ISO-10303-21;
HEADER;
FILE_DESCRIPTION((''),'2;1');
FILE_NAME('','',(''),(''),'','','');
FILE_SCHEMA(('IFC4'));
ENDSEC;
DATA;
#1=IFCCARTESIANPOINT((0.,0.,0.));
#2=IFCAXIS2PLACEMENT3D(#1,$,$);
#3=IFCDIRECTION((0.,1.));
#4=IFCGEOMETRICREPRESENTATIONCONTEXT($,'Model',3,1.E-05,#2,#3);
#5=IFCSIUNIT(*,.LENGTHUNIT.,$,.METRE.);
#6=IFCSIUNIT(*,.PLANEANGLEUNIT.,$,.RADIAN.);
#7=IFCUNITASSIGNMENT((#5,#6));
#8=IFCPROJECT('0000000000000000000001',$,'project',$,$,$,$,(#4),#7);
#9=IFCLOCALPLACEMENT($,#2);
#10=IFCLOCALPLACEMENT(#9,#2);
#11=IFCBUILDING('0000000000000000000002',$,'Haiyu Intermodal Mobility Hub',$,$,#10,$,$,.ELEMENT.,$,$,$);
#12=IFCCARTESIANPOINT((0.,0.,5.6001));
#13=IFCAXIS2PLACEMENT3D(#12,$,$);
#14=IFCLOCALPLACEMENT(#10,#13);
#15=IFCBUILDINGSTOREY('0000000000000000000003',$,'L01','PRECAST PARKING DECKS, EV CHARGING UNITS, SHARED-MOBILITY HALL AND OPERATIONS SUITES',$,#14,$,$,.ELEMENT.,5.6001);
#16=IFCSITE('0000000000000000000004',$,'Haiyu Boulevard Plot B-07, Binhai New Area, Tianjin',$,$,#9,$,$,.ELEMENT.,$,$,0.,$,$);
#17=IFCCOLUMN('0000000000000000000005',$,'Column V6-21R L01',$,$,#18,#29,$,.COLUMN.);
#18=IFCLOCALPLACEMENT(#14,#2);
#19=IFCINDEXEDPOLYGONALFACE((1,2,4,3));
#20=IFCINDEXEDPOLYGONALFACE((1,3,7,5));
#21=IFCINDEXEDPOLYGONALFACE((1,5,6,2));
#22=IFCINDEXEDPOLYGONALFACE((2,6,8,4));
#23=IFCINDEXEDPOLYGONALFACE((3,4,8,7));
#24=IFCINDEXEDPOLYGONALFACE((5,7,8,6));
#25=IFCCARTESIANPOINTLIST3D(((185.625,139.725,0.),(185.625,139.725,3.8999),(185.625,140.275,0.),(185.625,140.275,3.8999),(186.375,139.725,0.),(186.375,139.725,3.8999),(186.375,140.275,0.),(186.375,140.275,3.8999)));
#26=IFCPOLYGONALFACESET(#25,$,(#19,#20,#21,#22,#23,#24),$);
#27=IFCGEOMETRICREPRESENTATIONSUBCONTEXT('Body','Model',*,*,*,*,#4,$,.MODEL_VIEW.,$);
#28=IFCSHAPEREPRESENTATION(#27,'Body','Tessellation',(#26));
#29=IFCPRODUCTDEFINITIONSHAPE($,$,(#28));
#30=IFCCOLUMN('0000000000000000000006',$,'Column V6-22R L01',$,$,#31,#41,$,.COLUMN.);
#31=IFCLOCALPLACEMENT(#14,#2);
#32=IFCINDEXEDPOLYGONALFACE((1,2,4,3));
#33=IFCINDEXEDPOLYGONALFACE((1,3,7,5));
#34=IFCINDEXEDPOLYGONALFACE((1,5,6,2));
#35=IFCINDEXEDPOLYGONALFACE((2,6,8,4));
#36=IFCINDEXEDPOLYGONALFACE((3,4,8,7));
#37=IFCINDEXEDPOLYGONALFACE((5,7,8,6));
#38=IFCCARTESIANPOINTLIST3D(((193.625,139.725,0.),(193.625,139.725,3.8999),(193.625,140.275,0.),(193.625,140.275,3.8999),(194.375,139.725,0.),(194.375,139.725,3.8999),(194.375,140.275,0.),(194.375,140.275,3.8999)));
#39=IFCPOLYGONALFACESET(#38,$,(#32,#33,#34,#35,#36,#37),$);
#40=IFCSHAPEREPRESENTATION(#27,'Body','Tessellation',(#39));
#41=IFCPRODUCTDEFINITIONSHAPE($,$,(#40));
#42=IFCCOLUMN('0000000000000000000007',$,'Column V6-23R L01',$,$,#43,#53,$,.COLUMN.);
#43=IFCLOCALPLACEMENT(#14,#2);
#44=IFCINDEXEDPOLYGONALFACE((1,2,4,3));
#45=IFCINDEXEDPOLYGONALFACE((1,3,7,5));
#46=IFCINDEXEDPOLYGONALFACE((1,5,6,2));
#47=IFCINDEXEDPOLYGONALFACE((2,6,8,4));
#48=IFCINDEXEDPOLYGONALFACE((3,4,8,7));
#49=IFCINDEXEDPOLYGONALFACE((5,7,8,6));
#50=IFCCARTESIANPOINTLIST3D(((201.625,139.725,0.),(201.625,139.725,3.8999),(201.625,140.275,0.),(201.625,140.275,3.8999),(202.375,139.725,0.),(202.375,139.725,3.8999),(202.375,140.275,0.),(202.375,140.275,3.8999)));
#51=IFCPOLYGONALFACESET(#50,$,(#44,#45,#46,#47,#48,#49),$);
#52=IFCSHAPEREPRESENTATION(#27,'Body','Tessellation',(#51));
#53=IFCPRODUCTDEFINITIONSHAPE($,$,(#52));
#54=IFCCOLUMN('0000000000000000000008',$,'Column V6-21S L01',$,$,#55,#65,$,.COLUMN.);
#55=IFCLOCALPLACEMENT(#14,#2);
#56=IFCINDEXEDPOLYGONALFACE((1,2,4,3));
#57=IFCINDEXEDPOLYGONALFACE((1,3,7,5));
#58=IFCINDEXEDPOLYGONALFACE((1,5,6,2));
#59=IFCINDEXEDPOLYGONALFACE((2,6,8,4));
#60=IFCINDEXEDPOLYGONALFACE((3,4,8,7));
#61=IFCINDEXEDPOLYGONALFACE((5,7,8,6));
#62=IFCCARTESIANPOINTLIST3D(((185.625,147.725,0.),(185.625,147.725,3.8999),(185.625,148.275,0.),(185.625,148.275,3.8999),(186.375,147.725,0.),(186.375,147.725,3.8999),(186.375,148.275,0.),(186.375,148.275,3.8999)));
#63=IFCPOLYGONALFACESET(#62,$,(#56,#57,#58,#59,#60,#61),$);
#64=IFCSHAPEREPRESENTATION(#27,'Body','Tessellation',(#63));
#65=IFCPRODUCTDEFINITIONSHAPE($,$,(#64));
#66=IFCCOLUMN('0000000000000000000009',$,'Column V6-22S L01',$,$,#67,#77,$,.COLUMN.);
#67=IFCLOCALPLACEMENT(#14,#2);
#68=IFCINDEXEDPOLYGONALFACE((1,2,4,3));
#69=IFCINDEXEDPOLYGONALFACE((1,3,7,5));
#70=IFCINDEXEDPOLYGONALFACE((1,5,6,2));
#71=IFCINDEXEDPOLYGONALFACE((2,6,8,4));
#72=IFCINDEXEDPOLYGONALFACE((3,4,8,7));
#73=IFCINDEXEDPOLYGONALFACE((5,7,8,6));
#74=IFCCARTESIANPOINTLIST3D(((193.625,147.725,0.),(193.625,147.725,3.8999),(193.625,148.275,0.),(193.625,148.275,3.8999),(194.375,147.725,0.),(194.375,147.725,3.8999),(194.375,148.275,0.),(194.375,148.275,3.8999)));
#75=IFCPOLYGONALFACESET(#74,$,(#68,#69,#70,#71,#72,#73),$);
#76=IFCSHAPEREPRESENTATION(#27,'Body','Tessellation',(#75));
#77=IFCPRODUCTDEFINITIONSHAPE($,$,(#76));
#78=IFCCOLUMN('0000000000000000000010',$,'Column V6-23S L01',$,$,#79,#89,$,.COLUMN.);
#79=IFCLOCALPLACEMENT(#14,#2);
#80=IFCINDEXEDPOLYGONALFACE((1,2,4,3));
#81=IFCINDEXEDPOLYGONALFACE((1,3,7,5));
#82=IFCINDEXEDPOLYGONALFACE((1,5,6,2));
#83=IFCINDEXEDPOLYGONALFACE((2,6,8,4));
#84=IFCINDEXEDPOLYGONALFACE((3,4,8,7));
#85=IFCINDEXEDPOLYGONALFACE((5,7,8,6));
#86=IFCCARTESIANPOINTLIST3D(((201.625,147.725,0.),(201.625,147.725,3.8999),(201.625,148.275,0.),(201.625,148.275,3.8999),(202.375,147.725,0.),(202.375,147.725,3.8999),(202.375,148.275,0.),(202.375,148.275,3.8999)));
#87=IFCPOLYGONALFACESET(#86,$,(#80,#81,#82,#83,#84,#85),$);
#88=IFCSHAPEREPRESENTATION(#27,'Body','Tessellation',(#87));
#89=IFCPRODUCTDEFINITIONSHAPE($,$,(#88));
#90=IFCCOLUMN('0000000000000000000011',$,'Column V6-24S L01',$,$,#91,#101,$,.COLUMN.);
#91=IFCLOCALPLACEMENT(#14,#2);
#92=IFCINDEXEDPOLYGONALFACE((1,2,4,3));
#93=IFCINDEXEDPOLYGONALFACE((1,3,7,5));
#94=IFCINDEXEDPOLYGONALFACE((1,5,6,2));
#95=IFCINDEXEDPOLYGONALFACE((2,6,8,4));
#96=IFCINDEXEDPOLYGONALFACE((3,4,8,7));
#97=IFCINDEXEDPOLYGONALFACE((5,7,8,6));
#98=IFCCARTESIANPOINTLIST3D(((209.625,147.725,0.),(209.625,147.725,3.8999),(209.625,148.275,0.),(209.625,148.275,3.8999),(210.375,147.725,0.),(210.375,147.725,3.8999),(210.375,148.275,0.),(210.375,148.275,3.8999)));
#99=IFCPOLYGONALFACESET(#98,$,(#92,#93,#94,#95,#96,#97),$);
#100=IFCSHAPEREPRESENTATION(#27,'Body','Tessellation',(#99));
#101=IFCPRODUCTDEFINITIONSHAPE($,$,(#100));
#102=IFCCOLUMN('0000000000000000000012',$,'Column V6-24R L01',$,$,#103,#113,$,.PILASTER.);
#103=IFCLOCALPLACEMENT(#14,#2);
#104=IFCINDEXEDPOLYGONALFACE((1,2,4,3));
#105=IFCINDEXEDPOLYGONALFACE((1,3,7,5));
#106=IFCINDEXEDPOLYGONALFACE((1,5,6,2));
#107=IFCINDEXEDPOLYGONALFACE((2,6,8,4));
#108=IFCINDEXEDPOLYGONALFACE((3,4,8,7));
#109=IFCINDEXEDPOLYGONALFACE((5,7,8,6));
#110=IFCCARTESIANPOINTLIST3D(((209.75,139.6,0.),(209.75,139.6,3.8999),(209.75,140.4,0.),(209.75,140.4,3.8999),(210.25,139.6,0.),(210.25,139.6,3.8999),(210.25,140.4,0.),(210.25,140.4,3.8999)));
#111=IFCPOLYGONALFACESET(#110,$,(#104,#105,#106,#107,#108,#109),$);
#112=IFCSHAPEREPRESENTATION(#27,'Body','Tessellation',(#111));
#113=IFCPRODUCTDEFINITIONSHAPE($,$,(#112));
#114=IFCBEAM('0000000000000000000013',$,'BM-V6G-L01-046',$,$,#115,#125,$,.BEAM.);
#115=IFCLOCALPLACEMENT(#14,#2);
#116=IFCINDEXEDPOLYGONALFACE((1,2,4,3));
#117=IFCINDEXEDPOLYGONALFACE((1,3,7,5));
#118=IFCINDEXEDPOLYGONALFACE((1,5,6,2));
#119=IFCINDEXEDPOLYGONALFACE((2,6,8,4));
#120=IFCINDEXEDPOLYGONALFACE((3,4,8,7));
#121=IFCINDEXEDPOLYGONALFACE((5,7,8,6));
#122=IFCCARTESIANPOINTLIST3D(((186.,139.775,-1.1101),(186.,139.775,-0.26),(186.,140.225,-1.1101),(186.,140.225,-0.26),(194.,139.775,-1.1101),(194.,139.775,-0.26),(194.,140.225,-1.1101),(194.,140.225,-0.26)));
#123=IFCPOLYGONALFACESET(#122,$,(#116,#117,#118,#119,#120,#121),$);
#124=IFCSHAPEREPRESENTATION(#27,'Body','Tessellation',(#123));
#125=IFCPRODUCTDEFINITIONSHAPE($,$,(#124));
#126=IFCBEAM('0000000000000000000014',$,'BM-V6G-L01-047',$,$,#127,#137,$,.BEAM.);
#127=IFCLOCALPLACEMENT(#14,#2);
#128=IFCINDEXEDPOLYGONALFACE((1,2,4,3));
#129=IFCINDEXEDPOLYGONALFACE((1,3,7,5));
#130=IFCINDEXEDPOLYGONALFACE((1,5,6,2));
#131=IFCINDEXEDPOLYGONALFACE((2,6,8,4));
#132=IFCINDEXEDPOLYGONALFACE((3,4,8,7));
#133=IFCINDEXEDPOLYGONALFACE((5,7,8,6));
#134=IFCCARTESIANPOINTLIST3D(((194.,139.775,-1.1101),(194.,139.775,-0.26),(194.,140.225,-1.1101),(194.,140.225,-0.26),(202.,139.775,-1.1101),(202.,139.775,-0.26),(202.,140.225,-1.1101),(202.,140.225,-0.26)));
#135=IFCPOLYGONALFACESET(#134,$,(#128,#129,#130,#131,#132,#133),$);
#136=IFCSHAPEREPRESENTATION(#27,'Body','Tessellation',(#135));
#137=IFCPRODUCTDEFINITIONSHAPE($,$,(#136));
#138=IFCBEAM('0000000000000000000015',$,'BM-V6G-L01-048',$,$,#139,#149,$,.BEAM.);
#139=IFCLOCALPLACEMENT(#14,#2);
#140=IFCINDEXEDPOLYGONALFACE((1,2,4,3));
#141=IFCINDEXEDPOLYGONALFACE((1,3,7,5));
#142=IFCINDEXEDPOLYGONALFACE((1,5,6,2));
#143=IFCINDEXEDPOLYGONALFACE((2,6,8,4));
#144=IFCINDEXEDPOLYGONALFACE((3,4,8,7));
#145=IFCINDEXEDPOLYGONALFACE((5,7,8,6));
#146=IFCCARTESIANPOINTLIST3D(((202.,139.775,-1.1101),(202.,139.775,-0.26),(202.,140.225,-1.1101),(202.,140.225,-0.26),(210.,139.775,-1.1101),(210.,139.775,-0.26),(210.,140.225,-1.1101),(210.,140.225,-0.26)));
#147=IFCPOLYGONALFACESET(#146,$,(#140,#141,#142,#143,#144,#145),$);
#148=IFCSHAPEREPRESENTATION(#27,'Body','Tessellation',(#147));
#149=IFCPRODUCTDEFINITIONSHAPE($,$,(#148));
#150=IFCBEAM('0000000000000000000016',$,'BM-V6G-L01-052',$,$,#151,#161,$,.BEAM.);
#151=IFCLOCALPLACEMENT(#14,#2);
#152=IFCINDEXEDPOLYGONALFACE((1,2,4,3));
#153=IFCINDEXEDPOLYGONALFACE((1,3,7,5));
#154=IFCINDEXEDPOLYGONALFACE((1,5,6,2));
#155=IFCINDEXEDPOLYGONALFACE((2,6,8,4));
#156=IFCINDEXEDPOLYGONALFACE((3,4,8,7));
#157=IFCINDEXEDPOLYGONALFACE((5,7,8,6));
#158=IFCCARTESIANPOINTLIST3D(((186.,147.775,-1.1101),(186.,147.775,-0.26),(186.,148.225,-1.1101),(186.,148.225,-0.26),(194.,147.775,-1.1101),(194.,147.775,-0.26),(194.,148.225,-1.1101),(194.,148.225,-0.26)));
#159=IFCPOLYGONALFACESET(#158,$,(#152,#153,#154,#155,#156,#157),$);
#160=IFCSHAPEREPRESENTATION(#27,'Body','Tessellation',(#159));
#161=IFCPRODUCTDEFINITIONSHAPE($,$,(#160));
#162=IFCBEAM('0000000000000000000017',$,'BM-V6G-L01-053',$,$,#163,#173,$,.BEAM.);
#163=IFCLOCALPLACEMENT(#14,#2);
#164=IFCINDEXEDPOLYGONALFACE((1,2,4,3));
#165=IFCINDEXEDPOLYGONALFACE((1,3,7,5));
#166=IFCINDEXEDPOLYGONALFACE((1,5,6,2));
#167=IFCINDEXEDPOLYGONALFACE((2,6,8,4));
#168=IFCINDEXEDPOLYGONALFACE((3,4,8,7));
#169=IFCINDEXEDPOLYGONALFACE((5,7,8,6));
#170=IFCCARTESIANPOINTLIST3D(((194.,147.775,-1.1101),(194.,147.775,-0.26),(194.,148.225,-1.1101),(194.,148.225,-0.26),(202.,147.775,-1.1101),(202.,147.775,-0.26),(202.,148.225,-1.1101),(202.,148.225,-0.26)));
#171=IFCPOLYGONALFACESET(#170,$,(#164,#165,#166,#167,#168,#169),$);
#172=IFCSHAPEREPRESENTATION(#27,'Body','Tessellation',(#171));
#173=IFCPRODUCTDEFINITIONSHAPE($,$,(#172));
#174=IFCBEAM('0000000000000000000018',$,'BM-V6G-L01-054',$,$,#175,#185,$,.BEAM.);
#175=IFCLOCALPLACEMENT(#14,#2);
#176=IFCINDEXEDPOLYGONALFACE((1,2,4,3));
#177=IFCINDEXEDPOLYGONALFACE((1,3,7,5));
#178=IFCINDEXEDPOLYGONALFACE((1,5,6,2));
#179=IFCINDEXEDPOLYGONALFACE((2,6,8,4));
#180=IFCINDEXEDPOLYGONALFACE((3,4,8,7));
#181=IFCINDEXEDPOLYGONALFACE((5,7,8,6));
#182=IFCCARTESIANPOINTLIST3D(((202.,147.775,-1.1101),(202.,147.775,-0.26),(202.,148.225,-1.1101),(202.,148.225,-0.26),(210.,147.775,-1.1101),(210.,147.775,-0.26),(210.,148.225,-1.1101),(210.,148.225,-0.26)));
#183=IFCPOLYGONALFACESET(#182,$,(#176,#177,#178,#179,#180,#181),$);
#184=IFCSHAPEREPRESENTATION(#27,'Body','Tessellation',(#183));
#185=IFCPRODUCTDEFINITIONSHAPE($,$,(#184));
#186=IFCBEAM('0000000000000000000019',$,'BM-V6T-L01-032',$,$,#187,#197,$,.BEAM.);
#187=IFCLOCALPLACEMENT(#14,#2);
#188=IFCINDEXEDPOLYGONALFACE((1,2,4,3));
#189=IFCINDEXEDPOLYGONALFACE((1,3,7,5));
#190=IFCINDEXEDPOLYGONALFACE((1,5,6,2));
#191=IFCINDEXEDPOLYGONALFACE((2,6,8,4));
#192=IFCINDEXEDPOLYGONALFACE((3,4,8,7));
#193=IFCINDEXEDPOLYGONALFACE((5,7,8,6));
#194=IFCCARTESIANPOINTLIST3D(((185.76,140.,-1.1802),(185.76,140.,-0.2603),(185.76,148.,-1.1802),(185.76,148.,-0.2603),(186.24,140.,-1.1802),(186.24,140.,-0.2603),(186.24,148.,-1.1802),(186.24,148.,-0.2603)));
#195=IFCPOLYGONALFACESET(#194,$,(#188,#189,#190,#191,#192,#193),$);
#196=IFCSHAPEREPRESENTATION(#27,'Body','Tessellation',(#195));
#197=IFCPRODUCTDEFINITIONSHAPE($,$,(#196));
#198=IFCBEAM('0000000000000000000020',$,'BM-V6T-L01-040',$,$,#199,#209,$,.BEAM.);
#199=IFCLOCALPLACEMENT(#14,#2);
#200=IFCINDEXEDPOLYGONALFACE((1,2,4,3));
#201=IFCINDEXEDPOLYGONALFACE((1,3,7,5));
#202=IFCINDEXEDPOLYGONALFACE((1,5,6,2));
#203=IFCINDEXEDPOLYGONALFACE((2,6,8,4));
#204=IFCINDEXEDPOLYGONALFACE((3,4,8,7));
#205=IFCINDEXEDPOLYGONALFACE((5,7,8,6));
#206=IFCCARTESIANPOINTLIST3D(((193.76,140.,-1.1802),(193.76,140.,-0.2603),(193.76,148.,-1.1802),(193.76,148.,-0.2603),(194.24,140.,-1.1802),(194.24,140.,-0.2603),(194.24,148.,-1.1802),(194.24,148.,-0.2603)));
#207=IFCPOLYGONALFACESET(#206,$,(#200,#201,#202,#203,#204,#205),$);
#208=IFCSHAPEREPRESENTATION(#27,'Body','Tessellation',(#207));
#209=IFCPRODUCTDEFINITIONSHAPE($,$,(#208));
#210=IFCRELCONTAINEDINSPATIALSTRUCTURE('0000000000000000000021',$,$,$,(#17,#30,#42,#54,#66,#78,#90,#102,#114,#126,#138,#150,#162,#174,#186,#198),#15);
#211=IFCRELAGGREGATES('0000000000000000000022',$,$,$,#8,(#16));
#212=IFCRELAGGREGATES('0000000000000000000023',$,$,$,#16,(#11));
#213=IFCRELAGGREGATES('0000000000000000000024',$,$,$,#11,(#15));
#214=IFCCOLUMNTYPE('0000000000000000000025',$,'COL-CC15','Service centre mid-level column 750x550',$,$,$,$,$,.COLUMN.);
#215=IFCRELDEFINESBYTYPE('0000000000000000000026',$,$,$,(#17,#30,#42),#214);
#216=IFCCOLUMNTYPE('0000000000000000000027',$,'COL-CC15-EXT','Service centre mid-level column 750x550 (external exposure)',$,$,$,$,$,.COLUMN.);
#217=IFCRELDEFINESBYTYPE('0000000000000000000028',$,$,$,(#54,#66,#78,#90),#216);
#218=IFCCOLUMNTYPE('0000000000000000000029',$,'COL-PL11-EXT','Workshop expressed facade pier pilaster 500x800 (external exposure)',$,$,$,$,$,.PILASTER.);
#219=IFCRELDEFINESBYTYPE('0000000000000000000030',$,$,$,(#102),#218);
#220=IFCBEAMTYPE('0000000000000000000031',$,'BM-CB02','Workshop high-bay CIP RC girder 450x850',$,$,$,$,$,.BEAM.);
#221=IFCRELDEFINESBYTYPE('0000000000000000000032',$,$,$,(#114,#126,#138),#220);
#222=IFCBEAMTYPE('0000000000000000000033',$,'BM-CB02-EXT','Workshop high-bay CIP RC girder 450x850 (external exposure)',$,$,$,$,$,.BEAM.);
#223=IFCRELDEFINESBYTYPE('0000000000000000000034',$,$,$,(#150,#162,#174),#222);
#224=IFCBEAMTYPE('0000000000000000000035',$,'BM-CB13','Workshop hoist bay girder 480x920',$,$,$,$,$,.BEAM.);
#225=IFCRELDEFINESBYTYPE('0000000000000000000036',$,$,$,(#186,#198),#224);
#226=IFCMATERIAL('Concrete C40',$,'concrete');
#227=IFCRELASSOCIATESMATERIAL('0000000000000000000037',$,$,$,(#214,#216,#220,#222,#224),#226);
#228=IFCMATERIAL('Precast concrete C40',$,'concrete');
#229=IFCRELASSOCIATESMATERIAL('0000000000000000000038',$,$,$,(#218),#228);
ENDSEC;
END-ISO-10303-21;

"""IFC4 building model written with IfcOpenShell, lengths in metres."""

from ifc_helpers import new_model, si_unit, direction, frame, origin, origin_2d, place, context, subcontext, project, spatial, rectangle, extrude, material, material_profile, profile_set, type_object, element, save


model = new_model("IFC4")

# Units and contexts
model_context = context("Model", 3, precision=1e-05, world=origin(), true_north=direction((0.0, 1.0)))
body_context = subcontext(model_context, "Body", "Model", "MODEL_VIEW")
ifc_project = project(units=[si_unit("LENGTHUNIT", "METRE"), si_unit("PLANEANGLEUNIT", "RADIAN")], contexts=[model_context])

# Site, building, storey
site_placement = place(None, origin())
site = spatial("IfcSite", under=ifc_project, at=site_placement, Name="Haiyu Boulevard Plot B-07, Binhai New Area, Tianjin", CompositionType="ELEMENT", RefElevation=0.0)
building_placement = place(site_placement, origin())
building = spatial("IfcBuilding", under=site, at=building_placement, Name="Haiyu Intermodal Mobility Hub", CompositionType="ELEMENT")
storey_placement = place(building_placement, frame((0.0, 0.0, 5.6001)))
storey = spatial("IfcBuildingStorey", under=building, at=storey_placement, Name="L01", Description="PRECAST PARKING DECKS, EV CHARGING UNITS, SHARED-MOBILITY HALL AND OPERATIONS SUITES", CompositionType="ELEMENT", Elevation=5.6001)

# Columns
ifc_material_1 = material(Name="Concrete C40", Category="concrete")
ifc_material_profile_1 = material_profile(ifc_material_1, rectangle(XDim=0.75, YDim=0.55, at=origin_2d()), Name="C750x550")
ifc_profile_set_1 = profile_set([ifc_material_profile_1], Name="Concrete C40")
column_type_1 = type_object("IfcColumnType", Name="COL-CC15", Description="Service centre mid-level column 750x550", PredefinedType="COLUMN", material=ifc_profile_set_1)
for number, where, z_axis, x_axis, name in (
    (1, (186.0, 140.0, 0.0), (0.0, 0.0, 1.0), (1.0, 0.0, 0.0), "Column V6-21R L01"),
    (2, (194.0, 140.0, 0.0), (0.0, 0.0, 1.0), (1.0, 0.0, 0.0), "Column V6-22R L01"),
    (3, (202.0, 140.0, 0.0), (0.0, 0.0, 1.0), (1.0, 0.0, 0.0), "Column V6-23R L01"),
):
    element("IfcColumn", number, at=place(storey_placement, frame(where, z_axis=z_axis, x_axis=x_axis)), inside=storey, type_object=column_type_1, Name=name, PredefinedType="COLUMN", context=body_context, shape_type="SweptSolid", body=[
        extrude(rectangle(XDim=0.75, YDim=0.55, at=origin_2d()), origin(), (0.0, 0.0, 1.0), 3.8999),
    ])
ifc_material_profile_2 = material_profile(ifc_material_1, rectangle(XDim=0.75, YDim=0.55, at=origin_2d()), Name="C750x550")
ifc_profile_set_2 = profile_set([ifc_material_profile_2], Name="Concrete C40")
column_type_2 = type_object("IfcColumnType", Name="COL-CC15-EXT", Description="Service centre mid-level column 750x550 (external exposure)", PredefinedType="COLUMN", material=ifc_profile_set_2)
for number, where, z_axis, x_axis, name in (
    (4, (186.0, 148.0, 0.0), (0.0, 0.0, 1.0), (1.0, 0.0, 0.0), "Column V6-21S L01"),
    (5, (194.0, 148.0, 0.0), (0.0, 0.0, 1.0), (1.0, 0.0, 0.0), "Column V6-22S L01"),
    (6, (202.0, 148.0, 0.0), (0.0, 0.0, 1.0), (1.0, 0.0, 0.0), "Column V6-23S L01"),
    (7, (210.0, 148.0, 0.0), (0.0, 0.0, 1.0), (1.0, 0.0, 0.0), "Column V6-24S L01"),
):
    element("IfcColumn", number, at=place(storey_placement, frame(where, z_axis=z_axis, x_axis=x_axis)), inside=storey, type_object=column_type_2, Name=name, PredefinedType="COLUMN", context=body_context, shape_type="SweptSolid", body=[
        extrude(rectangle(XDim=0.75, YDim=0.55, at=origin_2d()), origin(), (0.0, 0.0, 1.0), 3.8999),
    ])
ifc_material_2 = material(Name="Precast concrete C40", Category="concrete")
ifc_material_profile_3 = material_profile(ifc_material_2, rectangle(XDim=0.5, YDim=0.8, at=origin_2d()), Name="RC500x800")
ifc_profile_set_3 = profile_set([ifc_material_profile_3], Name="Precast concrete C40")
column_type_3 = type_object("IfcColumnType", Name="COL-PL11-EXT", Description="Workshop expressed facade pier pilaster 500x800 (external exposure)", PredefinedType="PILASTER", material=ifc_profile_set_3)
column_placement = place(storey_placement, frame((210.0, 140.0, 0.0), z_axis=(0.0, 0.0, 1.0), x_axis=(1.0, 0.0, 0.0)))
element("IfcColumn", 8, at=column_placement, inside=storey, type_object=column_type_3, Name="Column V6-24R L01", PredefinedType="PILASTER", context=body_context, shape_type="SweptSolid", body=[
    extrude(rectangle(XDim=0.5, YDim=0.8, at=origin_2d()), origin(), (0.0, 0.0, 1.0), 3.8999),
])

# Beams
ifc_material_profile_4 = material_profile(ifc_material_1, rectangle(XDim=0.45, YDim=0.8501, at=origin_2d()), Name="RCB450x850")
ifc_profile_set_4 = profile_set([ifc_material_profile_4], Name="Concrete C40")
beam_type_1 = type_object("IfcBeamType", Name="BM-CB02", Description="Workshop high-bay CIP RC girder 450x850", PredefinedType="BEAM", material=ifc_profile_set_4)
for number, where, z_axis, x_axis, name in (
    (9, (186.0, 140.0, -0.6851), (1.0, 0.0, 0.0), (0.0, 1.0, 0.0), "BM-V6G-L01-046"),
    (10, (194.0, 140.0, -0.6851), (1.0, 0.0, 0.0), (0.0, 1.0, 0.0), "BM-V6G-L01-047"),
    (11, (202.0, 140.0, -0.6851), (1.0, 0.0, 0.0), (0.0, 1.0, 0.0), "BM-V6G-L01-048"),
):
    element("IfcBeam", number, at=place(storey_placement, frame(where, z_axis=z_axis, x_axis=x_axis)), inside=storey, type_object=beam_type_1, Name=name, PredefinedType="BEAM", context=body_context, shape_type="SweptSolid", body=[
        extrude(rectangle(XDim=0.45, YDim=0.8501, at=origin_2d()), origin(), (0.0, 0.0, 1.0), 8.0),
    ])
ifc_material_profile_5 = material_profile(ifc_material_1, rectangle(XDim=0.45, YDim=0.8501, at=origin_2d()), Name="RCB450x850")
ifc_profile_set_5 = profile_set([ifc_material_profile_5], Name="Concrete C40")
beam_type_2 = type_object("IfcBeamType", Name="BM-CB02-EXT", Description="Workshop high-bay CIP RC girder 450x850 (external exposure)", PredefinedType="BEAM", material=ifc_profile_set_5)
for number, where, z_axis, x_axis, name in (
    (12, (186.0, 148.0, -0.6851), (1.0, 0.0, 0.0), (0.0, 1.0, 0.0), "BM-V6G-L01-052"),
    (13, (194.0, 148.0, -0.6851), (1.0, 0.0, 0.0), (0.0, 1.0, 0.0), "BM-V6G-L01-053"),
    (14, (202.0, 148.0, -0.6851), (1.0, 0.0, 0.0), (0.0, 1.0, 0.0), "BM-V6G-L01-054"),
):
    element("IfcBeam", number, at=place(storey_placement, frame(where, z_axis=z_axis, x_axis=x_axis)), inside=storey, type_object=beam_type_2, Name=name, PredefinedType="BEAM", context=body_context, shape_type="SweptSolid", body=[
        extrude(rectangle(XDim=0.45, YDim=0.8501, at=origin_2d()), origin(), (0.0, 0.0, 1.0), 8.0),
    ])
ifc_material_profile_6 = material_profile(ifc_material_1, rectangle(XDim=0.48, YDim=0.9199, at=origin_2d()), Name="B480x920")
ifc_profile_set_6 = profile_set([ifc_material_profile_6], Name="Concrete C40")
beam_type_3 = type_object("IfcBeamType", Name="BM-CB13", Description="Workshop hoist bay girder 480x920", PredefinedType="BEAM", material=ifc_profile_set_6)
for number, where, z_axis, x_axis, name in (
    (15, (186.0, 140.0, -0.7202), (0.0, 1.0, 0.0), (-1.0, 0.0, 0.0), "BM-V6T-L01-032"),
    (16, (194.0, 140.0, -0.7202), (0.0, 1.0, 0.0), (-1.0, 0.0, 0.0), "BM-V6T-L01-040"),
):
    element("IfcBeam", number, at=place(storey_placement, frame(where, z_axis=z_axis, x_axis=x_axis)), inside=storey, type_object=beam_type_3, Name=name, PredefinedType="BEAM", context=body_context, shape_type="SweptSolid", body=[
        extrude(rectangle(XDim=0.48, YDim=0.9199, at=origin_2d()), origin(), (0.0, 0.0, 1.0), 8.0),
    ])

save(model, "model.ifc")
